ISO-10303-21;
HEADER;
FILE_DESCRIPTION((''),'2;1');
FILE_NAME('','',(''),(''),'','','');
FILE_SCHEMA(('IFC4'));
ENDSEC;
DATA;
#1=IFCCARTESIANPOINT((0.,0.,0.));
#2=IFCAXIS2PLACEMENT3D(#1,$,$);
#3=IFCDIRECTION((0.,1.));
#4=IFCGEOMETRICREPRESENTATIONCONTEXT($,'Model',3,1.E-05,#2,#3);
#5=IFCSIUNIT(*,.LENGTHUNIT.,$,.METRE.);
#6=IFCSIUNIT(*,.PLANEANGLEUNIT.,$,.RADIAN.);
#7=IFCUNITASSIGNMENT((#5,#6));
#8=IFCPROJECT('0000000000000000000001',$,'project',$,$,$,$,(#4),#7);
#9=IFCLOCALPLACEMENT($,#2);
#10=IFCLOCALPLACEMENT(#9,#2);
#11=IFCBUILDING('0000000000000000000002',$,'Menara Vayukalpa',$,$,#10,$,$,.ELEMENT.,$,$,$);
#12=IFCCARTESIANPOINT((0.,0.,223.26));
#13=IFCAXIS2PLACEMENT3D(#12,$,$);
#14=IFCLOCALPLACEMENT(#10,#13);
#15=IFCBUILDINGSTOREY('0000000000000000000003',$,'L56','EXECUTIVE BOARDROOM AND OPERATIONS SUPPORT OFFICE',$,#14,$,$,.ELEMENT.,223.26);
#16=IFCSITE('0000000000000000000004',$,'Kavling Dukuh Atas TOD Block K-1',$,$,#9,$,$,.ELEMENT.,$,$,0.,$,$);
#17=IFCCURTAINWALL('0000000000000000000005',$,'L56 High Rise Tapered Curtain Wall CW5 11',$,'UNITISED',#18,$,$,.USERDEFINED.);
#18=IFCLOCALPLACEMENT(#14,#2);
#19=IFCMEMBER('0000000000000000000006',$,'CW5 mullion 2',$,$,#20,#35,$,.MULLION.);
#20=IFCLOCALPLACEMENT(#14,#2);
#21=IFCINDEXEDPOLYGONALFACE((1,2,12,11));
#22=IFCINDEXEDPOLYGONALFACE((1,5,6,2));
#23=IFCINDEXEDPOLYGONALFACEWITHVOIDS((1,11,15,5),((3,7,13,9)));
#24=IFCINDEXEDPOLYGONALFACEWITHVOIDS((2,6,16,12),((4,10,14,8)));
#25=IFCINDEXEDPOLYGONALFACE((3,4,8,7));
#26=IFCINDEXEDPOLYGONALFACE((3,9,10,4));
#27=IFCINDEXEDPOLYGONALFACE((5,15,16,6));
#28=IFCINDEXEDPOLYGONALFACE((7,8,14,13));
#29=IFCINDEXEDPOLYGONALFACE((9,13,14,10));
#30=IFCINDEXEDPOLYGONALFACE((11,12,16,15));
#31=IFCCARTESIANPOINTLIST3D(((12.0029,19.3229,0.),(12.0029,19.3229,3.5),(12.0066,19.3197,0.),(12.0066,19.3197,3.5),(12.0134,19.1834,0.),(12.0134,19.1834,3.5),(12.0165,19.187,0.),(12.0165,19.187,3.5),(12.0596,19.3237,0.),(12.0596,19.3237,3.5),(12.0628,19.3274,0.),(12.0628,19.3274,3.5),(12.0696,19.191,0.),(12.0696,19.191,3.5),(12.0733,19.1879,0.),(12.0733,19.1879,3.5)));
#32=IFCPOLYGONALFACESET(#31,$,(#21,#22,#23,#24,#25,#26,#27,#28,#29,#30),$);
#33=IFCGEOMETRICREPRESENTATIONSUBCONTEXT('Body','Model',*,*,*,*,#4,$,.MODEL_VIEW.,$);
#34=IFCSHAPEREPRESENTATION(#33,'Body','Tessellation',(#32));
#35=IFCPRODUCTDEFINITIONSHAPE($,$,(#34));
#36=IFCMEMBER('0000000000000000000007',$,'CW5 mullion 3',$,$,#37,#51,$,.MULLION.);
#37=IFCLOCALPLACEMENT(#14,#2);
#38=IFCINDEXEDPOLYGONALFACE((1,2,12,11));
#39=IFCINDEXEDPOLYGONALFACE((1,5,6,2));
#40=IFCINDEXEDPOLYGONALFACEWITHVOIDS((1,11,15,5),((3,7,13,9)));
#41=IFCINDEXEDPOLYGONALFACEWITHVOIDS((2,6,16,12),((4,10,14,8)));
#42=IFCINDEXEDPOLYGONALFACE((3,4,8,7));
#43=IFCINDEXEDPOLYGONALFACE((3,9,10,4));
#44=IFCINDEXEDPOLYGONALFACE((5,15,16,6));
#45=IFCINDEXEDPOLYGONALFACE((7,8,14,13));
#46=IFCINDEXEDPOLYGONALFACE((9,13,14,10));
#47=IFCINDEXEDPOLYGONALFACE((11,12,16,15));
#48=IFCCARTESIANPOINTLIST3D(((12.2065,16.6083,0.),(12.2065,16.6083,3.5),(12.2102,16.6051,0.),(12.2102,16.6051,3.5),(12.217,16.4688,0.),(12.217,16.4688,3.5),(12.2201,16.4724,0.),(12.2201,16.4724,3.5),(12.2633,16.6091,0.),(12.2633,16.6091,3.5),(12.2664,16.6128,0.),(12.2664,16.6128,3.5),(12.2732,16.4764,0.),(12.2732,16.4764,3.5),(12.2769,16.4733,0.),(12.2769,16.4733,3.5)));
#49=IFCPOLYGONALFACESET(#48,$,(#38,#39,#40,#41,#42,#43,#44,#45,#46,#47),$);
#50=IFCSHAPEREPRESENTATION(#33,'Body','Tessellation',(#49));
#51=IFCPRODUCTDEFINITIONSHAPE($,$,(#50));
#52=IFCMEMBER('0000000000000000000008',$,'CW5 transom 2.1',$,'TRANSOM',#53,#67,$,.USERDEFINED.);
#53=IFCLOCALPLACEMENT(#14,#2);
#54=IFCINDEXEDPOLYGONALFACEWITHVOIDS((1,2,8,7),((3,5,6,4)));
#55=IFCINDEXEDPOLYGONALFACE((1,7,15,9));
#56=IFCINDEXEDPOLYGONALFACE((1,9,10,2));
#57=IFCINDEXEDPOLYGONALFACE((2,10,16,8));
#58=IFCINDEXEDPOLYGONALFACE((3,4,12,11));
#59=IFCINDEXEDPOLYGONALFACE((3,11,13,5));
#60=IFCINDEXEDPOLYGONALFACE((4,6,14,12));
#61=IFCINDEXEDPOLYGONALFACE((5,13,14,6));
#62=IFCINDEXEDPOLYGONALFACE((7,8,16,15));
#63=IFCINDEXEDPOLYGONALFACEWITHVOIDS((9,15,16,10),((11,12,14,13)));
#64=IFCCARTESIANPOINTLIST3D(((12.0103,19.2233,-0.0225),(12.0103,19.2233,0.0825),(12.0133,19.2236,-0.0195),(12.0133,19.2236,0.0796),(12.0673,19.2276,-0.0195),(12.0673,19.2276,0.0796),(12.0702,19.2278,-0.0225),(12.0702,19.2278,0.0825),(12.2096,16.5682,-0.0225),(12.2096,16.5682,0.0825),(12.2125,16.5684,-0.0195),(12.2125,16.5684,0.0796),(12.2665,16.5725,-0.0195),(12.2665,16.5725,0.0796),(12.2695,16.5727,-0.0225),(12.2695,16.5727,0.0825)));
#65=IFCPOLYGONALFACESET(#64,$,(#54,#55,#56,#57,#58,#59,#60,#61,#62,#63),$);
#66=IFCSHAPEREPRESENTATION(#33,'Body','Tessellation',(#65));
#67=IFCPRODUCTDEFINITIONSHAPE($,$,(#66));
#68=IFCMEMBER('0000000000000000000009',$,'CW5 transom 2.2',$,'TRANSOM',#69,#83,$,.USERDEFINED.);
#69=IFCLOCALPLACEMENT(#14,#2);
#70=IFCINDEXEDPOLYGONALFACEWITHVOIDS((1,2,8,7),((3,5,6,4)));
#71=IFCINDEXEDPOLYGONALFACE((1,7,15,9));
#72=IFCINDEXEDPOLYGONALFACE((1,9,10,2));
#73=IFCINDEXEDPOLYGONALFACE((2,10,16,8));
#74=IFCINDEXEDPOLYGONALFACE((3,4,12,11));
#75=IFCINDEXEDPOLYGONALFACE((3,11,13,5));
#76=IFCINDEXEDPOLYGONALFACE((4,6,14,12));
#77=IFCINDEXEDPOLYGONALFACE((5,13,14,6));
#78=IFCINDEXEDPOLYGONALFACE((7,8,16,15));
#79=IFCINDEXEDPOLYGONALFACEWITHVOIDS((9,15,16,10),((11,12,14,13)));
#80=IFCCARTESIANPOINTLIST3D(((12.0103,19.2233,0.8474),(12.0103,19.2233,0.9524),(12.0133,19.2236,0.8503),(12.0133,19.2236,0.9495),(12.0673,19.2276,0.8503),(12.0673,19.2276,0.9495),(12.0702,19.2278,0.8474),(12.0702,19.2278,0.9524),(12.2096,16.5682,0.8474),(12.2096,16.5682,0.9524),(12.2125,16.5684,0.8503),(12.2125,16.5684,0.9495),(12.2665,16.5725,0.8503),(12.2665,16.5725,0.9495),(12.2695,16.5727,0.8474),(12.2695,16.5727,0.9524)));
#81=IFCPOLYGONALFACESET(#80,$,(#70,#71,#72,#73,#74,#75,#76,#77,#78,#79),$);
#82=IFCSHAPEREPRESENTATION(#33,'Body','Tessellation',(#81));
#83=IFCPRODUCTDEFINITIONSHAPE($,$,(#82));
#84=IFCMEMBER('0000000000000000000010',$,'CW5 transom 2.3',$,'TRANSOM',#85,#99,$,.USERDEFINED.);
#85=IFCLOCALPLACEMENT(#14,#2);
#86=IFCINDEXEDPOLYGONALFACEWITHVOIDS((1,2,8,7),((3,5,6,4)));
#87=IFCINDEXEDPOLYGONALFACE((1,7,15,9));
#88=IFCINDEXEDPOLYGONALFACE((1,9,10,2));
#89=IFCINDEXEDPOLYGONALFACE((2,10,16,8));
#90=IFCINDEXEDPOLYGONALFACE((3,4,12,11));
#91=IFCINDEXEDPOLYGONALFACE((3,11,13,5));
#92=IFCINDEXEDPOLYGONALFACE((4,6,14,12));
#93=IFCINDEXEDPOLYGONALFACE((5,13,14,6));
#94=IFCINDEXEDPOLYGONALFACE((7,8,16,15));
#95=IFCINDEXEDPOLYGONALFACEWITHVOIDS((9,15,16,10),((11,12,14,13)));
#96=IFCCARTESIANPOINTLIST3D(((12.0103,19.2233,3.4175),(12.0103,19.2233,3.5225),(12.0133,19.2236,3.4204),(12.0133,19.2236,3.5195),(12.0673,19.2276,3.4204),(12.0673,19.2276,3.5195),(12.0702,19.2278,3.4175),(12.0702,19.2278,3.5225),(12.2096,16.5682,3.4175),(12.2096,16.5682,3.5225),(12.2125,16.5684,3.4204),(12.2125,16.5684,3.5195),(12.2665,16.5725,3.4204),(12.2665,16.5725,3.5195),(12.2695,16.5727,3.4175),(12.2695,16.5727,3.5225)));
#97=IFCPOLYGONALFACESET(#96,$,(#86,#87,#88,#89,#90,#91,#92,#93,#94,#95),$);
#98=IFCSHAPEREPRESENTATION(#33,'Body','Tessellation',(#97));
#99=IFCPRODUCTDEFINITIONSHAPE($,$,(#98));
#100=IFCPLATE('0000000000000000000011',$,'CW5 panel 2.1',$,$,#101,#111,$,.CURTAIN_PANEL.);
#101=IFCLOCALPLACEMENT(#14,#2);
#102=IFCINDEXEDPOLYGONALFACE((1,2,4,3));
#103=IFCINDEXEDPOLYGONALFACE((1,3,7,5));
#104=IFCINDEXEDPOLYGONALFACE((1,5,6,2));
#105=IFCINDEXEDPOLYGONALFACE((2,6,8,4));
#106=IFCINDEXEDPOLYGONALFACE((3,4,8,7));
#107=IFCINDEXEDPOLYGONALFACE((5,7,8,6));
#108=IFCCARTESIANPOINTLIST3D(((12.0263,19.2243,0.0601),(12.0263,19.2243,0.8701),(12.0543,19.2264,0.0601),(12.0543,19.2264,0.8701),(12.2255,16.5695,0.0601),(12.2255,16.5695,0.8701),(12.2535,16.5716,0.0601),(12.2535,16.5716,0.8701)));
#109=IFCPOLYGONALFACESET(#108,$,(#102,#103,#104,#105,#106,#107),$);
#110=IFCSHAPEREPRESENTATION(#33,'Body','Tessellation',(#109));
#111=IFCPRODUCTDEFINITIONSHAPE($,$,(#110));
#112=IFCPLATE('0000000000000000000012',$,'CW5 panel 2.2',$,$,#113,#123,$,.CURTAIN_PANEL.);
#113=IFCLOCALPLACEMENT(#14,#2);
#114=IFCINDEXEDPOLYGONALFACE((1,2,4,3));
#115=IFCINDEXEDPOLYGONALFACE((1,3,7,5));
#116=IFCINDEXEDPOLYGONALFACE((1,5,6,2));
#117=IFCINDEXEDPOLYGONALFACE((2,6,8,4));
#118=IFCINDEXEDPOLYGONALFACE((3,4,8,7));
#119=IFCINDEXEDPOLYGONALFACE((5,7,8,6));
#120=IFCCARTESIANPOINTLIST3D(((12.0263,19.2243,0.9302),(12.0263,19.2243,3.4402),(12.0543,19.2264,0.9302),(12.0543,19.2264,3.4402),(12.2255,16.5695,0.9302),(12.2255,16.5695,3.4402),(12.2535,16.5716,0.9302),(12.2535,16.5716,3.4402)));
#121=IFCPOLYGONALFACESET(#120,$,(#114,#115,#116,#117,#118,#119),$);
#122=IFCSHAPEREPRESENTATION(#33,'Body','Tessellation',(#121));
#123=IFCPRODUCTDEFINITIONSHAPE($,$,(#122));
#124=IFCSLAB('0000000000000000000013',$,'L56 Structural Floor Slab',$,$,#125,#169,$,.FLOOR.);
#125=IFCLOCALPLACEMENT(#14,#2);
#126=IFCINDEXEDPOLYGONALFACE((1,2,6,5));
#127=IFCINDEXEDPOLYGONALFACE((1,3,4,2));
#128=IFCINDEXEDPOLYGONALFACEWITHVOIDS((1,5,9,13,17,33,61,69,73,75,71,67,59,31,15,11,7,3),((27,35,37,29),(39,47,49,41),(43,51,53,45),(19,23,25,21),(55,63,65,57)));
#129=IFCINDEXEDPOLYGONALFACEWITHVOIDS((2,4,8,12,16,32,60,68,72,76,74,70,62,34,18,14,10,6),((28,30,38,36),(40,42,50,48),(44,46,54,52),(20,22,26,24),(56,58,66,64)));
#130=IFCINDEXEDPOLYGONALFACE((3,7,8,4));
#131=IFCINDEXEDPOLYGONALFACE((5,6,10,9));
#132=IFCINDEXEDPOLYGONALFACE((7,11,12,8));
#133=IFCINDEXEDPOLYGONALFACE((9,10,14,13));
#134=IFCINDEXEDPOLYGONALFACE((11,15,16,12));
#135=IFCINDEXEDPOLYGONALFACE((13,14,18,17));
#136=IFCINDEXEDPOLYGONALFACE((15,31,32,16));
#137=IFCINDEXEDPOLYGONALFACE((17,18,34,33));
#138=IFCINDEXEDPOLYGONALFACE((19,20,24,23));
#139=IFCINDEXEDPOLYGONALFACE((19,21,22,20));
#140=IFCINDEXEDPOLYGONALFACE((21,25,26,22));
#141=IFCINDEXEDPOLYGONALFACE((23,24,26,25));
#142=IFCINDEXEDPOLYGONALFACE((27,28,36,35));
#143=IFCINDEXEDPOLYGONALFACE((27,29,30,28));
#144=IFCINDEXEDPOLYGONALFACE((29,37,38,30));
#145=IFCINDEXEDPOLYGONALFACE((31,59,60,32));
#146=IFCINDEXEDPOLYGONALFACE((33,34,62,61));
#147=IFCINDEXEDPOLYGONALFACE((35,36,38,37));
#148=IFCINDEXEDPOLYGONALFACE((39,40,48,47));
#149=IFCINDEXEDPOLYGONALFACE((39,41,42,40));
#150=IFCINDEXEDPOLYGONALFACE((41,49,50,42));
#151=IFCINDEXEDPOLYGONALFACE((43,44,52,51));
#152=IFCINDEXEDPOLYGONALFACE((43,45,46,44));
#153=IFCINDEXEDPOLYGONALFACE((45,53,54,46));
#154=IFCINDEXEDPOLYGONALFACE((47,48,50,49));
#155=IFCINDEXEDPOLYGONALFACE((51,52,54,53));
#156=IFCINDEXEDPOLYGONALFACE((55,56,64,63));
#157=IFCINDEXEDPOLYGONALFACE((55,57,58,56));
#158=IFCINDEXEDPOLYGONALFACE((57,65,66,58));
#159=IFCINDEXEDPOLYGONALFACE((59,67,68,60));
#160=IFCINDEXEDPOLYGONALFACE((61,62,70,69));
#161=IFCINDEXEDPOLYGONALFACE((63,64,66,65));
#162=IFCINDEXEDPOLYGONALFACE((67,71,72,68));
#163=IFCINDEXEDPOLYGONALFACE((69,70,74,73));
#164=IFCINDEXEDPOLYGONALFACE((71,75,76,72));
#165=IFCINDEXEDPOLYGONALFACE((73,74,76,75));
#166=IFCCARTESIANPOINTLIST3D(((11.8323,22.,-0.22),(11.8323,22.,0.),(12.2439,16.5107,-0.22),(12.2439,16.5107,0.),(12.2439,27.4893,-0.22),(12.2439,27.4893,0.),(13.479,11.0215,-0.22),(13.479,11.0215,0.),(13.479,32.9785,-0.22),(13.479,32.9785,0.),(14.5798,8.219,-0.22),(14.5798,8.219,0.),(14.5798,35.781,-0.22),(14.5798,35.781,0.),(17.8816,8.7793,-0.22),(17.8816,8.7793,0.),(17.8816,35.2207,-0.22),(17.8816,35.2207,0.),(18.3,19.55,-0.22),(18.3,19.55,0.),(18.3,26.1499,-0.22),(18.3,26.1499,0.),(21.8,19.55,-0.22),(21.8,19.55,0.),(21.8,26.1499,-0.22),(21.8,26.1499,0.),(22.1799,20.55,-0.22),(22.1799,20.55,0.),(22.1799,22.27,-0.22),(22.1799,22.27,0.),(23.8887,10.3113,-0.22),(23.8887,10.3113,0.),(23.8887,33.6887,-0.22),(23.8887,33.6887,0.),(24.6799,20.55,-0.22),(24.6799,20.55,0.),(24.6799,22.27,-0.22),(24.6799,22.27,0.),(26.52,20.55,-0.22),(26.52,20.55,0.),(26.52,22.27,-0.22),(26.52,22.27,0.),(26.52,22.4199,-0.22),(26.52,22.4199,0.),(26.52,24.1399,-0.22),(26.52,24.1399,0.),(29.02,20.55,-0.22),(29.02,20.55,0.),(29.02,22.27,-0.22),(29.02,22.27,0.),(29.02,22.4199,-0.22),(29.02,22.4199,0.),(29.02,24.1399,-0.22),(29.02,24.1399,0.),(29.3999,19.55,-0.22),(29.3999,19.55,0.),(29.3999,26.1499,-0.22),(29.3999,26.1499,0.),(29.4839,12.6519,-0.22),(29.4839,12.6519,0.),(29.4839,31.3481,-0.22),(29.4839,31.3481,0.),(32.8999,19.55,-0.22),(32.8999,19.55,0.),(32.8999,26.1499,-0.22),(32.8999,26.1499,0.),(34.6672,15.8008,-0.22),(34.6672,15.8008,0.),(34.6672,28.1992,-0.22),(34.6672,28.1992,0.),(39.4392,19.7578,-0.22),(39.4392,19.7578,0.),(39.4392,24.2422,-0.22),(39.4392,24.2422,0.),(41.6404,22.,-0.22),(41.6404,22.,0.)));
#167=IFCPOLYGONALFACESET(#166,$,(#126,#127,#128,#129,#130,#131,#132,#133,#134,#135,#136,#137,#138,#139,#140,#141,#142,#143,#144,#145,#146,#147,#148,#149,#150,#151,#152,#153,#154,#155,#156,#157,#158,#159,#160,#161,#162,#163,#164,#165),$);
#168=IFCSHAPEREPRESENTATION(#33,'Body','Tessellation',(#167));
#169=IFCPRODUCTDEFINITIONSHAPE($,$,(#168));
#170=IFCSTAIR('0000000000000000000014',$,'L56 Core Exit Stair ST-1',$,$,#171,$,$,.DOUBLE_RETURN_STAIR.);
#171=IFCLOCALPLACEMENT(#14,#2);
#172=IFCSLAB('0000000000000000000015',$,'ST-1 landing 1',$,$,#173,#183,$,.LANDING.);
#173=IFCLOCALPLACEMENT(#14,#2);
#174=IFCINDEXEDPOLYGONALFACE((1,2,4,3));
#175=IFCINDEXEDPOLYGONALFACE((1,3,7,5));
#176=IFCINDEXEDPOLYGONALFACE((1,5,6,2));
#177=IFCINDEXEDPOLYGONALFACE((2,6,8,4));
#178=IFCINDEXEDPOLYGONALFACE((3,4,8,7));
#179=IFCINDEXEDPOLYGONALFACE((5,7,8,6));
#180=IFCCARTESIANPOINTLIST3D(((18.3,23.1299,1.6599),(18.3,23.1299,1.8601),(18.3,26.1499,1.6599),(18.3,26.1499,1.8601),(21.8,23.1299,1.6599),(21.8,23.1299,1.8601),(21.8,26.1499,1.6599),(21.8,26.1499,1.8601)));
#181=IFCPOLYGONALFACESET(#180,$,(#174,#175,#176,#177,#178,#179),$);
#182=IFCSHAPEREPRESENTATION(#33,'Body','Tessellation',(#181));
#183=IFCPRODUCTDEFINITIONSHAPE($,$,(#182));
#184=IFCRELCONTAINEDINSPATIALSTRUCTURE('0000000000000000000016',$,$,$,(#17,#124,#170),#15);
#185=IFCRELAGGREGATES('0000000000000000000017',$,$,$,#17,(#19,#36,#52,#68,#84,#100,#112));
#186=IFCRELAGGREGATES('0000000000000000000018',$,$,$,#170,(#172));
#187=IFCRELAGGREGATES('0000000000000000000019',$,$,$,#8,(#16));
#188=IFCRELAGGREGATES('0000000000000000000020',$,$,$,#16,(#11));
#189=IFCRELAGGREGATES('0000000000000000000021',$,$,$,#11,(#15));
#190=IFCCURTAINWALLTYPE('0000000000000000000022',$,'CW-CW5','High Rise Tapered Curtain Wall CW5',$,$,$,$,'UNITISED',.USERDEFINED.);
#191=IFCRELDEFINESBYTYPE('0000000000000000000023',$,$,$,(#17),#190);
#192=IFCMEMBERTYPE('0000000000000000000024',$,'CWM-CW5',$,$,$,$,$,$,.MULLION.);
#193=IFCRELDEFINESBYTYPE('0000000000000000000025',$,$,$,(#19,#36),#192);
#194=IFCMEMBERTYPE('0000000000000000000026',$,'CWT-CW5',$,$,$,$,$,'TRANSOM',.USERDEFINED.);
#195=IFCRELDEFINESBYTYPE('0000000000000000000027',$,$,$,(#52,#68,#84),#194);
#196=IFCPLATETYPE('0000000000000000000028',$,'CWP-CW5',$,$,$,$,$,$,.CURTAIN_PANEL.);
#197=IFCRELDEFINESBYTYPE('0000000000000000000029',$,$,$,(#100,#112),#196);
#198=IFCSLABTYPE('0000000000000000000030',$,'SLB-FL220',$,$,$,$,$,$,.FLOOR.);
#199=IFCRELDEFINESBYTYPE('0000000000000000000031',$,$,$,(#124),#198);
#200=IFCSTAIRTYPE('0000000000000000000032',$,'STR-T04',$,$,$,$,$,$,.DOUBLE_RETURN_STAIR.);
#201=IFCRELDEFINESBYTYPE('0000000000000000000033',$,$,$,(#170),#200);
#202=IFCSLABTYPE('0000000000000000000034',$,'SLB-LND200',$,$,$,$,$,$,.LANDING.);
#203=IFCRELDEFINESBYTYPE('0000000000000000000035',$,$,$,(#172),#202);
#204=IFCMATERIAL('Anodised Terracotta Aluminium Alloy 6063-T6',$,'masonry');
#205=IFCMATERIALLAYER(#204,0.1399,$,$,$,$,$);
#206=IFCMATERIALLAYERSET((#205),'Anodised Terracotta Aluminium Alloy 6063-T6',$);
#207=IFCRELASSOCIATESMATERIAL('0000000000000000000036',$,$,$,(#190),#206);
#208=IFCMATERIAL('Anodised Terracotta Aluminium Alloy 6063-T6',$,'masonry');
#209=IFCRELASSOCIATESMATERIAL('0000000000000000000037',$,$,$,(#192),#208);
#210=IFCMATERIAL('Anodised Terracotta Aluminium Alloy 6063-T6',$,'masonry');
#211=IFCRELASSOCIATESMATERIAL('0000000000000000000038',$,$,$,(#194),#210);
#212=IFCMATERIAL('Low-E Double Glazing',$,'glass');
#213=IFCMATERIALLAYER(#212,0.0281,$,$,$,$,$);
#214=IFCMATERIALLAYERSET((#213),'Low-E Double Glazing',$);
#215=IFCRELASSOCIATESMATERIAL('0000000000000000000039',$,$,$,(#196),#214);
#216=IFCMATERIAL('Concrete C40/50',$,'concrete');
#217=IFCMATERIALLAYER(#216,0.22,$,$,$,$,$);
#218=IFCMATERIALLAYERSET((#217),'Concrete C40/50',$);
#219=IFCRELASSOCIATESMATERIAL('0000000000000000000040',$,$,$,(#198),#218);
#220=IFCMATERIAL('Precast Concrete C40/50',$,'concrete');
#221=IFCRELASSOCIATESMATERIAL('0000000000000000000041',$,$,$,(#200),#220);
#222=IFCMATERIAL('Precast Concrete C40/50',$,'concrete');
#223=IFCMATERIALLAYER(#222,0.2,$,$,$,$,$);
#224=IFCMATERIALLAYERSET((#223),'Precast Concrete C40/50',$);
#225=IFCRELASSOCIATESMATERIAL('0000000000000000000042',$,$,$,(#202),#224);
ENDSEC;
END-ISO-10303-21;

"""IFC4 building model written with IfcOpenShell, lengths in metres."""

from ifc_helpers import new_model, si_unit, direction, frame, origin, origin_2d, place, context, subcontext, project, spatial, polyline, rectangle, hollow_rectangle, outline, extrude, material, layer, layer_set, material_profile, profile_set, type_object, element, aggregate, save


model = new_model("IFC4")

# Units and contexts
model_context = context("Model", 3, precision=1e-05, world=origin(), true_north=direction((0.0, 1.0)))
body_context = subcontext(model_context, "Body", "Model", "MODEL_VIEW")
ifc_project = project(units=[si_unit("LENGTHUNIT", "METRE"), si_unit("PLANEANGLEUNIT", "RADIAN")], contexts=[model_context])

# Site, building, storey
site_placement = place(None, origin())
site = spatial("IfcSite", under=ifc_project, at=site_placement, Name="Kavling Dukuh Atas TOD Block K-1", CompositionType="ELEMENT", RefElevation=0.0)
building_placement = place(site_placement, origin())
building = spatial("IfcBuilding", under=site, at=building_placement, Name="Menara Vayukalpa", CompositionType="ELEMENT")
storey_placement = place(building_placement, frame((0.0, 0.0, 223.26)))
storey = spatial("IfcBuildingStorey", under=building, at=storey_placement, Name="L56", Description="EXECUTIVE BOARDROOM AND OPERATIONS SUPPORT OFFICE", CompositionType="ELEMENT", Elevation=223.26)

# Curtain wall, members, plates
ifc_material_1 = material(Name="Anodised Terracotta Aluminium Alloy 6063-T6", Category="masonry")
ifc_layer_1 = layer(ifc_material_1, 0.1399)
ifc_layer_set_1 = layer_set([ifc_layer_1], Name="Anodised Terracotta Aluminium Alloy 6063-T6")
curtain_wall_type = type_object("IfcCurtainWallType", Name="CW-CW5", Description="High Rise Tapered Curtain Wall CW5", ElementType="UNITISED", PredefinedType="USERDEFINED", material=ifc_layer_set_1)
curtain_wall_placement = place(storey_placement, origin())
curtain_wall = element("IfcCurtainWall", 1, at=curtain_wall_placement, inside=storey, type_object=curtain_wall_type, Name="L56 High Rise Tapered Curtain Wall CW5 11", ObjectType="UNITISED", PredefinedType="USERDEFINED")
ifc_material_2 = material(Name="Anodised Terracotta Aluminium Alloy 6063-T6", Category="masonry")
ifc_material_profile_1 = material_profile(ifc_material_2, hollow_rectangle(XDim=0.0601, YDim=0.1399, WallThickness=0.0034, at=origin_2d()), Name="ALU 60x140x3.5")
ifc_profile_set_1 = profile_set([ifc_material_profile_1], Name="Anodised Terracotta Aluminium Alloy 6063-T6")
member_type_1 = type_object("IfcMemberType", Name="CWM-CW5", PredefinedType="MULLION", material=ifc_profile_set_1)
member_1_placement = place(storey_placement, frame((12.0381, 19.2554, 0.0), z_axis=(0.0, 0.0, 1.0), x_axis=(0.997199, 0.074792, 0.0)))
member_1 = element("IfcMember", 2, at=member_1_placement, type_object=member_type_1, Name="CW5 mullion 2", PredefinedType="MULLION", context=body_context, shape_type="SweptSolid", body=[
    extrude(hollow_rectangle(XDim=0.0601, YDim=0.1399, WallThickness=0.0034, at=origin_2d()), origin(), (0.0, 0.0, 1.0), 3.5),
])
member_2_placement = place(storey_placement, frame((12.2417, 16.5408, 0.0), z_axis=(0.0, 0.0, 1.0), x_axis=(0.997199, 0.074792, 0.0)))
member_2 = element("IfcMember", 3, at=member_2_placement, type_object=member_type_1, Name="CW5 mullion 3", PredefinedType="MULLION", context=body_context, shape_type="SweptSolid", body=[
    extrude(hollow_rectangle(XDim=0.0601, YDim=0.1399, WallThickness=0.0034, at=origin_2d()), origin(), (0.0, 0.0, 1.0), 3.5),
])
ifc_material_3 = material(Name="Anodised Terracotta Aluminium Alloy 6063-T6", Category="masonry")
ifc_material_profile_2 = material_profile(ifc_material_3, hollow_rectangle(XDim=0.0601, YDim=0.105, WallThickness=0.0029, at=origin_2d()), Name="ALU 60x105x3")
ifc_profile_set_2 = profile_set([ifc_material_profile_2], Name="Anodised Terracotta Aluminium Alloy 6063-T6")
member_type_2 = type_object("IfcMemberType", Name="CWT-CW5", ElementType="TRANSOM", PredefinedType="USERDEFINED", material=ifc_profile_set_2)
member_3_placement = place(storey_placement, frame((12.0403, 19.2256, 0.03), z_axis=(0.074824, -0.997197, 0.0), x_axis=(0.997197, 0.074824, 0.0)))
member_3 = element("IfcMember", 4, at=member_3_placement, type_object=member_type_2, Name="CW5 transom 2.1", ObjectType="TRANSOM", PredefinedType="USERDEFINED", context=body_context, shape_type="SweptSolid", body=[
    extrude(hollow_rectangle(XDim=0.0601, YDim=0.105, WallThickness=0.0029, at=origin_2d()), origin(), (0.0, 0.0, 1.0), 2.6626),
])
member_4_placement = place(storey_placement, frame((12.0403, 19.2256, 0.8999), z_axis=(0.074824, -0.997197, 0.0), x_axis=(0.997197, 0.074824, 0.0)))
member_4 = element("IfcMember", 5, at=member_4_placement, type_object=member_type_2, Name="CW5 transom 2.2", ObjectType="TRANSOM", PredefinedType="USERDEFINED", context=body_context, shape_type="SweptSolid", body=[
    extrude(hollow_rectangle(XDim=0.0601, YDim=0.105, WallThickness=0.0029, at=origin_2d()), origin(), (0.0, 0.0, 1.0), 2.6626),
])
member_5_placement = place(storey_placement, frame((12.0403, 19.2256, 3.47), z_axis=(0.074824, -0.997197, 0.0), x_axis=(0.997197, 0.074824, 0.0)))
member_5 = element("IfcMember", 6, at=member_5_placement, type_object=member_type_2, Name="CW5 transom 2.3", ObjectType="TRANSOM", PredefinedType="USERDEFINED", context=body_context, shape_type="SweptSolid", body=[
    extrude(hollow_rectangle(XDim=0.0601, YDim=0.105, WallThickness=0.0029, at=origin_2d()), origin(), (0.0, 0.0, 1.0), 2.6626),
])
ifc_material_4 = material(Name="Low-E Double Glazing", Category="glass")
ifc_layer_2 = layer(ifc_material_4, 0.0281)
ifc_layer_set_2 = layer_set([ifc_layer_2], Name="Low-E Double Glazing")
plate_type = type_object("IfcPlateType", Name="CWP-CW5", PredefinedType="CURTAIN_PANEL", material=ifc_layer_set_2)
plate_1_placement = place(storey_placement, frame((12.1399, 17.8979, 0.0601), z_axis=(0.0, 0.0, 1.0), x_axis=(0.074792, -0.997199, 0.0)))
plate_1 = element("IfcPlate", 7, at=plate_1_placement, type_object=plate_type, Name="CW5 panel 2.1", PredefinedType="CURTAIN_PANEL", context=body_context, shape_type="SweptSolid", body=[
    extrude(rectangle(XDim=2.6624, YDim=0.0281, at=origin_2d()), origin(), (0.0, 0.0, 1.0), 0.8101),
])
plate_2_placement = place(storey_placement, frame((12.1399, 17.8979, 0.9302), z_axis=(0.0, 0.0, 1.0), x_axis=(0.074792, -0.997199, 0.0)))
plate_2 = element("IfcPlate", 8, at=plate_2_placement, type_object=plate_type, Name="CW5 panel 2.2", PredefinedType="CURTAIN_PANEL", context=body_context, shape_type="SweptSolid", body=[
    extrude(rectangle(XDim=2.6624, YDim=0.0281, at=origin_2d()), origin(), (0.0, 0.0, 1.0), 2.51),
])
aggregate(curtain_wall, [member_1, member_2, member_3, member_4, member_5, plate_1, plate_2])

# Slab
ifc_material_5 = material(Name="Concrete C40/50", Category="concrete")
ifc_layer_3 = layer(ifc_material_5, 0.22)
ifc_layer_set_3 = layer_set([ifc_layer_3], Name="Concrete C40/50")
slab_type_1 = type_object("IfcSlabType", Name="SLB-FL220", PredefinedType="FLOOR", material=ifc_layer_set_3)
slab_1_placement = place(storey_placement, frame((0.0, 0.0, -0.22)))
element("IfcSlab", 9, at=slab_1_placement, inside=storey, type_object=slab_type_1, Name="L56 Structural Floor Slab", PredefinedType="FLOOR", context=body_context, shape_type="SweptSolid", body=[
    extrude(outline(polyline([(39.4392, 19.7578), (41.6404, 22.0), (39.4392, 24.2422), (34.6672, 28.1992), (29.4839, 31.3481), (23.8887, 33.6887), (17.8816, 35.2207), (14.5798, 35.781), (13.479, 32.9785), (12.2439, 27.4893), (11.8323, 22.0), (12.2439, 16.5107), (13.479, 11.0215), (14.5798, 8.219), (17.8816, 8.7793), (23.8887, 10.3113), (29.4839, 12.6519), (34.6672, 15.8008), (39.4392, 19.7578)]), holes=[polyline([(21.8, 19.55), (21.8, 26.1499), (18.3, 26.1499), (18.3, 19.55), (21.8, 19.55)]), polyline([(32.8999, 19.55), (32.8999, 26.1499), (29.3999, 26.1499), (29.3999, 19.55), (32.8999, 19.55)]), polyline([(22.1799, 20.55), (24.6799, 20.55), (24.6799, 22.27), (22.1799, 22.27), (22.1799, 20.55)]), polyline([(26.52, 20.55), (29.02, 20.55), (29.02, 22.27), (26.52, 22.27), (26.52, 20.55)]), polyline([(26.52, 22.4199), (29.02, 22.4199), (29.02, 24.1399), (26.52, 24.1399), (26.52, 22.4199)])]), origin(), (0.0, 0.0, 1.0), 0.22),
])

# Stair, slab
ifc_material_6 = material(Name="Precast Concrete C40/50", Category="concrete")
stair_type = type_object("IfcStairType", Name="STR-T04", PredefinedType="DOUBLE_RETURN_STAIR", material=ifc_material_6)
stair_1_placement = place(storey_placement, origin())
stair_1 = element("IfcStair", 10, at=stair_1_placement, inside=storey, type_object=stair_type, Name="L56 Core Exit Stair ST-1", PredefinedType="DOUBLE_RETURN_STAIR")
ifc_material_7 = material(Name="Precast Concrete C40/50", Category="concrete")
ifc_layer_4 = layer(ifc_material_7, 0.2)
ifc_layer_set_4 = layer_set([ifc_layer_4], Name="Precast Concrete C40/50")
slab_type_2 = type_object("IfcSlabType", Name="SLB-LND200", PredefinedType="LANDING", material=ifc_layer_set_4)
slab_2_placement = place(storey_placement, frame((0.0, 0.0, 1.6599)))
slab_2 = element("IfcSlab", 11, at=slab_2_placement, type_object=slab_type_2, Name="ST-1 landing 1", PredefinedType="LANDING", context=body_context, shape_type="SweptSolid", body=[
    extrude(outline(polyline([(21.8, 23.1299), (21.8, 26.1499), (18.3, 26.1499), (18.3, 23.1299), (21.8, 23.1299)])), origin(), (0.0, 0.0, 1.0), 0.2002),
])
aggregate(stair_1, [slab_2])

save(model, "model.ifc")
